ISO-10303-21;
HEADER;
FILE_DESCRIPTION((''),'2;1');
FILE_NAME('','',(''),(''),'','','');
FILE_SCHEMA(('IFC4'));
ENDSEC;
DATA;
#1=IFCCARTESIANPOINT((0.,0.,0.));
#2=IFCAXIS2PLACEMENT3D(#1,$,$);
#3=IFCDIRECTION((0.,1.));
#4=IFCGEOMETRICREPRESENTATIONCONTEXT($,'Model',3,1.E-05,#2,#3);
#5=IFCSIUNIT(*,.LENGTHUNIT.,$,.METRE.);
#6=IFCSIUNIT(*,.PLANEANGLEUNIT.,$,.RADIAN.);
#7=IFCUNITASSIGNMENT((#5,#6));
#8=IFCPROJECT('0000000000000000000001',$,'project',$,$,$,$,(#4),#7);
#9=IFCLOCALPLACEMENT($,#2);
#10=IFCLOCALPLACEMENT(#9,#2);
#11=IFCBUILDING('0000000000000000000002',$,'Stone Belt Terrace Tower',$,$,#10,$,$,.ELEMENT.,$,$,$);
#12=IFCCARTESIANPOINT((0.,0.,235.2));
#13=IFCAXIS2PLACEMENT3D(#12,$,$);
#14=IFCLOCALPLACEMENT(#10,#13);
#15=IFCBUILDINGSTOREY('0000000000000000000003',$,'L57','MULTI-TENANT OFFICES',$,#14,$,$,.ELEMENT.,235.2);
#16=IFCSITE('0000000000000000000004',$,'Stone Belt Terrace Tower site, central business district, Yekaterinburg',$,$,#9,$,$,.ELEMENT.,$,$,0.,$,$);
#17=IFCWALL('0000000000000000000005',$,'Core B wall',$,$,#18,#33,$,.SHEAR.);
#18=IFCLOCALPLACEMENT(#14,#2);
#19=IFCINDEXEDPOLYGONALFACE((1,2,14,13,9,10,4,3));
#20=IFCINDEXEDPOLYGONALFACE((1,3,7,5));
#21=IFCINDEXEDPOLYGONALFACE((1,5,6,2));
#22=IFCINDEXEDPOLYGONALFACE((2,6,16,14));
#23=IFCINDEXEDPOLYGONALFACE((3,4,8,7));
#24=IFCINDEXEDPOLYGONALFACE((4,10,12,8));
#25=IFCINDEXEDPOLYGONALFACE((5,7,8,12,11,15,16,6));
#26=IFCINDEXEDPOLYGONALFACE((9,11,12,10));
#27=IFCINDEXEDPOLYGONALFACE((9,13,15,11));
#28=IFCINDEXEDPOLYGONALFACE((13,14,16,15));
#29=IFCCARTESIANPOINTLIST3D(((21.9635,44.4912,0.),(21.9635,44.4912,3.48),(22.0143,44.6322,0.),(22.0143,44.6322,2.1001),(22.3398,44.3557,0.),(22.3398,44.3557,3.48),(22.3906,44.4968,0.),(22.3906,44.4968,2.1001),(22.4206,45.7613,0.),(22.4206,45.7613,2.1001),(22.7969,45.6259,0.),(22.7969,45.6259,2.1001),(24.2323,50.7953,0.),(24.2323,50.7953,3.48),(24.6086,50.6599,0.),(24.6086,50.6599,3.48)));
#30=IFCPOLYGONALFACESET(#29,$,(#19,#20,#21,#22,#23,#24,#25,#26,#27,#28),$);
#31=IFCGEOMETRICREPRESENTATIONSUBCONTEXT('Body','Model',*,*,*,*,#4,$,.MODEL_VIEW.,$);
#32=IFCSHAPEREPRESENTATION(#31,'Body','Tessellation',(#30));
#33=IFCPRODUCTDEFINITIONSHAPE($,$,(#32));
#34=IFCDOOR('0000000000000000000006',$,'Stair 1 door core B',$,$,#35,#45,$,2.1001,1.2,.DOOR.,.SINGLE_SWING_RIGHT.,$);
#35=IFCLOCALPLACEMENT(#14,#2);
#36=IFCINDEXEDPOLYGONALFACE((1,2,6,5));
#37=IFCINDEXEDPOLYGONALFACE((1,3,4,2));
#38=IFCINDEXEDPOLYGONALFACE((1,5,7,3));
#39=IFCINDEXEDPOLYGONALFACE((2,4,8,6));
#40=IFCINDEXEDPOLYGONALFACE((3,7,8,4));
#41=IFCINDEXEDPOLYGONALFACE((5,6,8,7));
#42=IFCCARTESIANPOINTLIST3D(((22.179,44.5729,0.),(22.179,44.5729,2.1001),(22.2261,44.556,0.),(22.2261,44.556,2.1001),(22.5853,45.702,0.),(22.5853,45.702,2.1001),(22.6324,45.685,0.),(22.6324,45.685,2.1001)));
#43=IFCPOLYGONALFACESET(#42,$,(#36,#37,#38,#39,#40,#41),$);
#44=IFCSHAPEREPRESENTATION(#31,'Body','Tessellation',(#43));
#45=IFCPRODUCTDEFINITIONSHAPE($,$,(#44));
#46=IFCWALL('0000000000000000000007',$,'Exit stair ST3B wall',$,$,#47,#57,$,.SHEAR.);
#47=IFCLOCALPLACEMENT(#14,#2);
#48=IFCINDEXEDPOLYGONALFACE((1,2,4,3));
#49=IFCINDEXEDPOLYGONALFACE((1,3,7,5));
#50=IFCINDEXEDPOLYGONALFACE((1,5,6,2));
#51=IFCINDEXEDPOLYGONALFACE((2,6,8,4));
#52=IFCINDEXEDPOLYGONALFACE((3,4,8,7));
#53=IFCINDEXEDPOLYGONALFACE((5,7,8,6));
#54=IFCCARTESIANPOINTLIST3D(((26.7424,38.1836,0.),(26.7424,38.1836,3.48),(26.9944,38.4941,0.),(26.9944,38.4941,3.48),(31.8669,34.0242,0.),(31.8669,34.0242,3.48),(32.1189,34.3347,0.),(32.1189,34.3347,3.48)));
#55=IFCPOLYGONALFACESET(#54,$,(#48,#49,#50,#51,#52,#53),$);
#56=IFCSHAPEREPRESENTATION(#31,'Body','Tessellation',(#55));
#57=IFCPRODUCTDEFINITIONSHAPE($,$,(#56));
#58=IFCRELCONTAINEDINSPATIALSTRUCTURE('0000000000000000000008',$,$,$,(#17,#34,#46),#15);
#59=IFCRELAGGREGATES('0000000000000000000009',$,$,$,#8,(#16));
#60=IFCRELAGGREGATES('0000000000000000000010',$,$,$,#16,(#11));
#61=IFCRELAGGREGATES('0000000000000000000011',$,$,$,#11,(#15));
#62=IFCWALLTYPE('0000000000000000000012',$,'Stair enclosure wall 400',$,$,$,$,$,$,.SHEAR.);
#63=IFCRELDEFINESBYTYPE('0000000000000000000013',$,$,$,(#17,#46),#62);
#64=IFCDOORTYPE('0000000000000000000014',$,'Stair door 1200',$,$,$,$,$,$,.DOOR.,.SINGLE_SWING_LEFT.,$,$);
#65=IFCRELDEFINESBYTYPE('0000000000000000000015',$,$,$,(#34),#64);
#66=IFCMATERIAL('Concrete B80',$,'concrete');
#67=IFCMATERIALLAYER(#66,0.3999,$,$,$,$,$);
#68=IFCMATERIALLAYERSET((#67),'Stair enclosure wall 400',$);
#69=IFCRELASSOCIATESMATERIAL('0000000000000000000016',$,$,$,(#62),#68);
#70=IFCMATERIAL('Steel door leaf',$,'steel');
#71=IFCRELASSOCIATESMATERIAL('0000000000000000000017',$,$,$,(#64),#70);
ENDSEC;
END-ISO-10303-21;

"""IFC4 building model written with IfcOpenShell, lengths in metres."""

from ifc_helpers import new_model, si_unit, direction, frame, frame_2d, origin, place, context, subcontext, project, spatial, rectangle, extrude, material, layer, layer_set, type_object, element, fill, save


model = new_model("IFC4")

# Units and contexts
model_context = context("Model", 3, precision=1e-05, world=origin(), true_north=direction((0.0, 1.0)))
body_context = subcontext(model_context, "Body", "Model", "MODEL_VIEW")
ifc_project = project(units=[si_unit("LENGTHUNIT", "METRE"), si_unit("PLANEANGLEUNIT", "RADIAN")], contexts=[model_context])

# Site, building, storey
site_placement = place(None, origin())
site = spatial("IfcSite", under=ifc_project, at=site_placement, Name="Stone Belt Terrace Tower site, central business district, Yekaterinburg", CompositionType="ELEMENT", RefElevation=0.0)
building_placement = place(site_placement, origin())
building = spatial("IfcBuilding", under=site, at=building_placement, Name="Stone Belt Terrace Tower", CompositionType="ELEMENT")
storey_placement = place(building_placement, frame((0.0, 0.0, 235.2)))
storey = spatial("IfcBuildingStorey", under=building, at=storey_placement, Name="L57", Description="MULTI-TENANT OFFICES", CompositionType="ELEMENT", Elevation=235.2)

# Wall, opening, door
ifc_material_1 = material(Name="Concrete B80", Category="concrete")
ifc_layer_1 = layer(ifc_material_1, 0.3999)
ifc_layer_set_1 = layer_set([ifc_layer_1], Name="Stair enclosure wall 400")
wall_type_1 = type_object("IfcWallType", Name="Stair enclosure wall 400", PredefinedType="SHEAR", material=ifc_layer_set_1)
wall_1_placement = place(storey_placement, frame((22.1516, 44.4233, 0.0), z_axis=(0.0, 0.0, 1.0), x_axis=(0.338625, 0.940921, 0.0)))
wall_1 = element("IfcWall", 1, at=wall_1_placement, inside=storey, type_object=wall_type_1, Name="Core B wall", PredefinedType="SHEAR", context=body_context, shape_type="SweptSolid", body=[
    extrude(rectangle(XDim=6.7, YDim=0.3999, at=frame_2d((3.3501, 0.0))), origin(), (0.0, 0.0, 1.0), 3.48),
])
opening_1_placement = place(wall_1_placement, frame((0.1499, 0.0, 0.0)))
opening_1 = element("IfcOpeningElement", 2, at=opening_1_placement, cuts=wall_1, PredefinedType="OPENING", context=body_context, shape_type="SweptSolid", body=[
    extrude(rectangle(XDim=1.2, YDim=2.1001, at=frame_2d((0.6001, 1.05))), frame((0.0, 0.21, 0.0), z_axis=(0.0, -1.0, 0.0), x_axis=(1.0, 0.0, 0.0)), (0.0, 0.0, 1.0), 0.4199),
])
ifc_material_2 = material(Name="Steel door leaf", Category="steel")
door_type_1 = type_object("IfcDoorType", Name="Stair door 1200", OperationType="SINGLE_SWING_LEFT", PredefinedType="DOOR", material=ifc_material_2)
door_1_placement = place(opening_1_placement, origin())
door_1 = element("IfcDoor", 3, at=door_1_placement, inside=storey, type_object=door_type_1, Name="Stair 1 door core B", OperationType="SINGLE_SWING_RIGHT", OverallHeight=2.1001, OverallWidth=1.2, PredefinedType="DOOR", context=body_context, shape_type="SweptSolid", body=[
    extrude(rectangle(XDim=1.2, YDim=2.1001, at=frame_2d((0.6001, 1.05))), frame((0.0, 0.0249, 0.0), z_axis=(0.0, -1.0, 0.0), x_axis=(1.0, 0.0, 0.0)), (0.0, 0.0, 1.0), 0.05),
])
fill(opening_1, door_1)

# Wall
wall_2_placement = place(storey_placement, frame((26.8684, 38.3389, 0.0), z_axis=(0.0, 0.0, 1.0), x_axis=(0.776428, -0.630205, 0.0)))
element("IfcWall", 4, at=wall_2_placement, inside=storey, type_object=wall_type_1, Name="Exit stair ST3B wall", PredefinedType="SHEAR", context=body_context, shape_type="SweptSolid", body=[
    extrude(rectangle(XDim=6.6001, YDim=0.3999, at=frame_2d((3.3, 0.0))), origin(), (0.0, 0.0, 1.0), 3.48),
])

save(model, "model.ifc")
